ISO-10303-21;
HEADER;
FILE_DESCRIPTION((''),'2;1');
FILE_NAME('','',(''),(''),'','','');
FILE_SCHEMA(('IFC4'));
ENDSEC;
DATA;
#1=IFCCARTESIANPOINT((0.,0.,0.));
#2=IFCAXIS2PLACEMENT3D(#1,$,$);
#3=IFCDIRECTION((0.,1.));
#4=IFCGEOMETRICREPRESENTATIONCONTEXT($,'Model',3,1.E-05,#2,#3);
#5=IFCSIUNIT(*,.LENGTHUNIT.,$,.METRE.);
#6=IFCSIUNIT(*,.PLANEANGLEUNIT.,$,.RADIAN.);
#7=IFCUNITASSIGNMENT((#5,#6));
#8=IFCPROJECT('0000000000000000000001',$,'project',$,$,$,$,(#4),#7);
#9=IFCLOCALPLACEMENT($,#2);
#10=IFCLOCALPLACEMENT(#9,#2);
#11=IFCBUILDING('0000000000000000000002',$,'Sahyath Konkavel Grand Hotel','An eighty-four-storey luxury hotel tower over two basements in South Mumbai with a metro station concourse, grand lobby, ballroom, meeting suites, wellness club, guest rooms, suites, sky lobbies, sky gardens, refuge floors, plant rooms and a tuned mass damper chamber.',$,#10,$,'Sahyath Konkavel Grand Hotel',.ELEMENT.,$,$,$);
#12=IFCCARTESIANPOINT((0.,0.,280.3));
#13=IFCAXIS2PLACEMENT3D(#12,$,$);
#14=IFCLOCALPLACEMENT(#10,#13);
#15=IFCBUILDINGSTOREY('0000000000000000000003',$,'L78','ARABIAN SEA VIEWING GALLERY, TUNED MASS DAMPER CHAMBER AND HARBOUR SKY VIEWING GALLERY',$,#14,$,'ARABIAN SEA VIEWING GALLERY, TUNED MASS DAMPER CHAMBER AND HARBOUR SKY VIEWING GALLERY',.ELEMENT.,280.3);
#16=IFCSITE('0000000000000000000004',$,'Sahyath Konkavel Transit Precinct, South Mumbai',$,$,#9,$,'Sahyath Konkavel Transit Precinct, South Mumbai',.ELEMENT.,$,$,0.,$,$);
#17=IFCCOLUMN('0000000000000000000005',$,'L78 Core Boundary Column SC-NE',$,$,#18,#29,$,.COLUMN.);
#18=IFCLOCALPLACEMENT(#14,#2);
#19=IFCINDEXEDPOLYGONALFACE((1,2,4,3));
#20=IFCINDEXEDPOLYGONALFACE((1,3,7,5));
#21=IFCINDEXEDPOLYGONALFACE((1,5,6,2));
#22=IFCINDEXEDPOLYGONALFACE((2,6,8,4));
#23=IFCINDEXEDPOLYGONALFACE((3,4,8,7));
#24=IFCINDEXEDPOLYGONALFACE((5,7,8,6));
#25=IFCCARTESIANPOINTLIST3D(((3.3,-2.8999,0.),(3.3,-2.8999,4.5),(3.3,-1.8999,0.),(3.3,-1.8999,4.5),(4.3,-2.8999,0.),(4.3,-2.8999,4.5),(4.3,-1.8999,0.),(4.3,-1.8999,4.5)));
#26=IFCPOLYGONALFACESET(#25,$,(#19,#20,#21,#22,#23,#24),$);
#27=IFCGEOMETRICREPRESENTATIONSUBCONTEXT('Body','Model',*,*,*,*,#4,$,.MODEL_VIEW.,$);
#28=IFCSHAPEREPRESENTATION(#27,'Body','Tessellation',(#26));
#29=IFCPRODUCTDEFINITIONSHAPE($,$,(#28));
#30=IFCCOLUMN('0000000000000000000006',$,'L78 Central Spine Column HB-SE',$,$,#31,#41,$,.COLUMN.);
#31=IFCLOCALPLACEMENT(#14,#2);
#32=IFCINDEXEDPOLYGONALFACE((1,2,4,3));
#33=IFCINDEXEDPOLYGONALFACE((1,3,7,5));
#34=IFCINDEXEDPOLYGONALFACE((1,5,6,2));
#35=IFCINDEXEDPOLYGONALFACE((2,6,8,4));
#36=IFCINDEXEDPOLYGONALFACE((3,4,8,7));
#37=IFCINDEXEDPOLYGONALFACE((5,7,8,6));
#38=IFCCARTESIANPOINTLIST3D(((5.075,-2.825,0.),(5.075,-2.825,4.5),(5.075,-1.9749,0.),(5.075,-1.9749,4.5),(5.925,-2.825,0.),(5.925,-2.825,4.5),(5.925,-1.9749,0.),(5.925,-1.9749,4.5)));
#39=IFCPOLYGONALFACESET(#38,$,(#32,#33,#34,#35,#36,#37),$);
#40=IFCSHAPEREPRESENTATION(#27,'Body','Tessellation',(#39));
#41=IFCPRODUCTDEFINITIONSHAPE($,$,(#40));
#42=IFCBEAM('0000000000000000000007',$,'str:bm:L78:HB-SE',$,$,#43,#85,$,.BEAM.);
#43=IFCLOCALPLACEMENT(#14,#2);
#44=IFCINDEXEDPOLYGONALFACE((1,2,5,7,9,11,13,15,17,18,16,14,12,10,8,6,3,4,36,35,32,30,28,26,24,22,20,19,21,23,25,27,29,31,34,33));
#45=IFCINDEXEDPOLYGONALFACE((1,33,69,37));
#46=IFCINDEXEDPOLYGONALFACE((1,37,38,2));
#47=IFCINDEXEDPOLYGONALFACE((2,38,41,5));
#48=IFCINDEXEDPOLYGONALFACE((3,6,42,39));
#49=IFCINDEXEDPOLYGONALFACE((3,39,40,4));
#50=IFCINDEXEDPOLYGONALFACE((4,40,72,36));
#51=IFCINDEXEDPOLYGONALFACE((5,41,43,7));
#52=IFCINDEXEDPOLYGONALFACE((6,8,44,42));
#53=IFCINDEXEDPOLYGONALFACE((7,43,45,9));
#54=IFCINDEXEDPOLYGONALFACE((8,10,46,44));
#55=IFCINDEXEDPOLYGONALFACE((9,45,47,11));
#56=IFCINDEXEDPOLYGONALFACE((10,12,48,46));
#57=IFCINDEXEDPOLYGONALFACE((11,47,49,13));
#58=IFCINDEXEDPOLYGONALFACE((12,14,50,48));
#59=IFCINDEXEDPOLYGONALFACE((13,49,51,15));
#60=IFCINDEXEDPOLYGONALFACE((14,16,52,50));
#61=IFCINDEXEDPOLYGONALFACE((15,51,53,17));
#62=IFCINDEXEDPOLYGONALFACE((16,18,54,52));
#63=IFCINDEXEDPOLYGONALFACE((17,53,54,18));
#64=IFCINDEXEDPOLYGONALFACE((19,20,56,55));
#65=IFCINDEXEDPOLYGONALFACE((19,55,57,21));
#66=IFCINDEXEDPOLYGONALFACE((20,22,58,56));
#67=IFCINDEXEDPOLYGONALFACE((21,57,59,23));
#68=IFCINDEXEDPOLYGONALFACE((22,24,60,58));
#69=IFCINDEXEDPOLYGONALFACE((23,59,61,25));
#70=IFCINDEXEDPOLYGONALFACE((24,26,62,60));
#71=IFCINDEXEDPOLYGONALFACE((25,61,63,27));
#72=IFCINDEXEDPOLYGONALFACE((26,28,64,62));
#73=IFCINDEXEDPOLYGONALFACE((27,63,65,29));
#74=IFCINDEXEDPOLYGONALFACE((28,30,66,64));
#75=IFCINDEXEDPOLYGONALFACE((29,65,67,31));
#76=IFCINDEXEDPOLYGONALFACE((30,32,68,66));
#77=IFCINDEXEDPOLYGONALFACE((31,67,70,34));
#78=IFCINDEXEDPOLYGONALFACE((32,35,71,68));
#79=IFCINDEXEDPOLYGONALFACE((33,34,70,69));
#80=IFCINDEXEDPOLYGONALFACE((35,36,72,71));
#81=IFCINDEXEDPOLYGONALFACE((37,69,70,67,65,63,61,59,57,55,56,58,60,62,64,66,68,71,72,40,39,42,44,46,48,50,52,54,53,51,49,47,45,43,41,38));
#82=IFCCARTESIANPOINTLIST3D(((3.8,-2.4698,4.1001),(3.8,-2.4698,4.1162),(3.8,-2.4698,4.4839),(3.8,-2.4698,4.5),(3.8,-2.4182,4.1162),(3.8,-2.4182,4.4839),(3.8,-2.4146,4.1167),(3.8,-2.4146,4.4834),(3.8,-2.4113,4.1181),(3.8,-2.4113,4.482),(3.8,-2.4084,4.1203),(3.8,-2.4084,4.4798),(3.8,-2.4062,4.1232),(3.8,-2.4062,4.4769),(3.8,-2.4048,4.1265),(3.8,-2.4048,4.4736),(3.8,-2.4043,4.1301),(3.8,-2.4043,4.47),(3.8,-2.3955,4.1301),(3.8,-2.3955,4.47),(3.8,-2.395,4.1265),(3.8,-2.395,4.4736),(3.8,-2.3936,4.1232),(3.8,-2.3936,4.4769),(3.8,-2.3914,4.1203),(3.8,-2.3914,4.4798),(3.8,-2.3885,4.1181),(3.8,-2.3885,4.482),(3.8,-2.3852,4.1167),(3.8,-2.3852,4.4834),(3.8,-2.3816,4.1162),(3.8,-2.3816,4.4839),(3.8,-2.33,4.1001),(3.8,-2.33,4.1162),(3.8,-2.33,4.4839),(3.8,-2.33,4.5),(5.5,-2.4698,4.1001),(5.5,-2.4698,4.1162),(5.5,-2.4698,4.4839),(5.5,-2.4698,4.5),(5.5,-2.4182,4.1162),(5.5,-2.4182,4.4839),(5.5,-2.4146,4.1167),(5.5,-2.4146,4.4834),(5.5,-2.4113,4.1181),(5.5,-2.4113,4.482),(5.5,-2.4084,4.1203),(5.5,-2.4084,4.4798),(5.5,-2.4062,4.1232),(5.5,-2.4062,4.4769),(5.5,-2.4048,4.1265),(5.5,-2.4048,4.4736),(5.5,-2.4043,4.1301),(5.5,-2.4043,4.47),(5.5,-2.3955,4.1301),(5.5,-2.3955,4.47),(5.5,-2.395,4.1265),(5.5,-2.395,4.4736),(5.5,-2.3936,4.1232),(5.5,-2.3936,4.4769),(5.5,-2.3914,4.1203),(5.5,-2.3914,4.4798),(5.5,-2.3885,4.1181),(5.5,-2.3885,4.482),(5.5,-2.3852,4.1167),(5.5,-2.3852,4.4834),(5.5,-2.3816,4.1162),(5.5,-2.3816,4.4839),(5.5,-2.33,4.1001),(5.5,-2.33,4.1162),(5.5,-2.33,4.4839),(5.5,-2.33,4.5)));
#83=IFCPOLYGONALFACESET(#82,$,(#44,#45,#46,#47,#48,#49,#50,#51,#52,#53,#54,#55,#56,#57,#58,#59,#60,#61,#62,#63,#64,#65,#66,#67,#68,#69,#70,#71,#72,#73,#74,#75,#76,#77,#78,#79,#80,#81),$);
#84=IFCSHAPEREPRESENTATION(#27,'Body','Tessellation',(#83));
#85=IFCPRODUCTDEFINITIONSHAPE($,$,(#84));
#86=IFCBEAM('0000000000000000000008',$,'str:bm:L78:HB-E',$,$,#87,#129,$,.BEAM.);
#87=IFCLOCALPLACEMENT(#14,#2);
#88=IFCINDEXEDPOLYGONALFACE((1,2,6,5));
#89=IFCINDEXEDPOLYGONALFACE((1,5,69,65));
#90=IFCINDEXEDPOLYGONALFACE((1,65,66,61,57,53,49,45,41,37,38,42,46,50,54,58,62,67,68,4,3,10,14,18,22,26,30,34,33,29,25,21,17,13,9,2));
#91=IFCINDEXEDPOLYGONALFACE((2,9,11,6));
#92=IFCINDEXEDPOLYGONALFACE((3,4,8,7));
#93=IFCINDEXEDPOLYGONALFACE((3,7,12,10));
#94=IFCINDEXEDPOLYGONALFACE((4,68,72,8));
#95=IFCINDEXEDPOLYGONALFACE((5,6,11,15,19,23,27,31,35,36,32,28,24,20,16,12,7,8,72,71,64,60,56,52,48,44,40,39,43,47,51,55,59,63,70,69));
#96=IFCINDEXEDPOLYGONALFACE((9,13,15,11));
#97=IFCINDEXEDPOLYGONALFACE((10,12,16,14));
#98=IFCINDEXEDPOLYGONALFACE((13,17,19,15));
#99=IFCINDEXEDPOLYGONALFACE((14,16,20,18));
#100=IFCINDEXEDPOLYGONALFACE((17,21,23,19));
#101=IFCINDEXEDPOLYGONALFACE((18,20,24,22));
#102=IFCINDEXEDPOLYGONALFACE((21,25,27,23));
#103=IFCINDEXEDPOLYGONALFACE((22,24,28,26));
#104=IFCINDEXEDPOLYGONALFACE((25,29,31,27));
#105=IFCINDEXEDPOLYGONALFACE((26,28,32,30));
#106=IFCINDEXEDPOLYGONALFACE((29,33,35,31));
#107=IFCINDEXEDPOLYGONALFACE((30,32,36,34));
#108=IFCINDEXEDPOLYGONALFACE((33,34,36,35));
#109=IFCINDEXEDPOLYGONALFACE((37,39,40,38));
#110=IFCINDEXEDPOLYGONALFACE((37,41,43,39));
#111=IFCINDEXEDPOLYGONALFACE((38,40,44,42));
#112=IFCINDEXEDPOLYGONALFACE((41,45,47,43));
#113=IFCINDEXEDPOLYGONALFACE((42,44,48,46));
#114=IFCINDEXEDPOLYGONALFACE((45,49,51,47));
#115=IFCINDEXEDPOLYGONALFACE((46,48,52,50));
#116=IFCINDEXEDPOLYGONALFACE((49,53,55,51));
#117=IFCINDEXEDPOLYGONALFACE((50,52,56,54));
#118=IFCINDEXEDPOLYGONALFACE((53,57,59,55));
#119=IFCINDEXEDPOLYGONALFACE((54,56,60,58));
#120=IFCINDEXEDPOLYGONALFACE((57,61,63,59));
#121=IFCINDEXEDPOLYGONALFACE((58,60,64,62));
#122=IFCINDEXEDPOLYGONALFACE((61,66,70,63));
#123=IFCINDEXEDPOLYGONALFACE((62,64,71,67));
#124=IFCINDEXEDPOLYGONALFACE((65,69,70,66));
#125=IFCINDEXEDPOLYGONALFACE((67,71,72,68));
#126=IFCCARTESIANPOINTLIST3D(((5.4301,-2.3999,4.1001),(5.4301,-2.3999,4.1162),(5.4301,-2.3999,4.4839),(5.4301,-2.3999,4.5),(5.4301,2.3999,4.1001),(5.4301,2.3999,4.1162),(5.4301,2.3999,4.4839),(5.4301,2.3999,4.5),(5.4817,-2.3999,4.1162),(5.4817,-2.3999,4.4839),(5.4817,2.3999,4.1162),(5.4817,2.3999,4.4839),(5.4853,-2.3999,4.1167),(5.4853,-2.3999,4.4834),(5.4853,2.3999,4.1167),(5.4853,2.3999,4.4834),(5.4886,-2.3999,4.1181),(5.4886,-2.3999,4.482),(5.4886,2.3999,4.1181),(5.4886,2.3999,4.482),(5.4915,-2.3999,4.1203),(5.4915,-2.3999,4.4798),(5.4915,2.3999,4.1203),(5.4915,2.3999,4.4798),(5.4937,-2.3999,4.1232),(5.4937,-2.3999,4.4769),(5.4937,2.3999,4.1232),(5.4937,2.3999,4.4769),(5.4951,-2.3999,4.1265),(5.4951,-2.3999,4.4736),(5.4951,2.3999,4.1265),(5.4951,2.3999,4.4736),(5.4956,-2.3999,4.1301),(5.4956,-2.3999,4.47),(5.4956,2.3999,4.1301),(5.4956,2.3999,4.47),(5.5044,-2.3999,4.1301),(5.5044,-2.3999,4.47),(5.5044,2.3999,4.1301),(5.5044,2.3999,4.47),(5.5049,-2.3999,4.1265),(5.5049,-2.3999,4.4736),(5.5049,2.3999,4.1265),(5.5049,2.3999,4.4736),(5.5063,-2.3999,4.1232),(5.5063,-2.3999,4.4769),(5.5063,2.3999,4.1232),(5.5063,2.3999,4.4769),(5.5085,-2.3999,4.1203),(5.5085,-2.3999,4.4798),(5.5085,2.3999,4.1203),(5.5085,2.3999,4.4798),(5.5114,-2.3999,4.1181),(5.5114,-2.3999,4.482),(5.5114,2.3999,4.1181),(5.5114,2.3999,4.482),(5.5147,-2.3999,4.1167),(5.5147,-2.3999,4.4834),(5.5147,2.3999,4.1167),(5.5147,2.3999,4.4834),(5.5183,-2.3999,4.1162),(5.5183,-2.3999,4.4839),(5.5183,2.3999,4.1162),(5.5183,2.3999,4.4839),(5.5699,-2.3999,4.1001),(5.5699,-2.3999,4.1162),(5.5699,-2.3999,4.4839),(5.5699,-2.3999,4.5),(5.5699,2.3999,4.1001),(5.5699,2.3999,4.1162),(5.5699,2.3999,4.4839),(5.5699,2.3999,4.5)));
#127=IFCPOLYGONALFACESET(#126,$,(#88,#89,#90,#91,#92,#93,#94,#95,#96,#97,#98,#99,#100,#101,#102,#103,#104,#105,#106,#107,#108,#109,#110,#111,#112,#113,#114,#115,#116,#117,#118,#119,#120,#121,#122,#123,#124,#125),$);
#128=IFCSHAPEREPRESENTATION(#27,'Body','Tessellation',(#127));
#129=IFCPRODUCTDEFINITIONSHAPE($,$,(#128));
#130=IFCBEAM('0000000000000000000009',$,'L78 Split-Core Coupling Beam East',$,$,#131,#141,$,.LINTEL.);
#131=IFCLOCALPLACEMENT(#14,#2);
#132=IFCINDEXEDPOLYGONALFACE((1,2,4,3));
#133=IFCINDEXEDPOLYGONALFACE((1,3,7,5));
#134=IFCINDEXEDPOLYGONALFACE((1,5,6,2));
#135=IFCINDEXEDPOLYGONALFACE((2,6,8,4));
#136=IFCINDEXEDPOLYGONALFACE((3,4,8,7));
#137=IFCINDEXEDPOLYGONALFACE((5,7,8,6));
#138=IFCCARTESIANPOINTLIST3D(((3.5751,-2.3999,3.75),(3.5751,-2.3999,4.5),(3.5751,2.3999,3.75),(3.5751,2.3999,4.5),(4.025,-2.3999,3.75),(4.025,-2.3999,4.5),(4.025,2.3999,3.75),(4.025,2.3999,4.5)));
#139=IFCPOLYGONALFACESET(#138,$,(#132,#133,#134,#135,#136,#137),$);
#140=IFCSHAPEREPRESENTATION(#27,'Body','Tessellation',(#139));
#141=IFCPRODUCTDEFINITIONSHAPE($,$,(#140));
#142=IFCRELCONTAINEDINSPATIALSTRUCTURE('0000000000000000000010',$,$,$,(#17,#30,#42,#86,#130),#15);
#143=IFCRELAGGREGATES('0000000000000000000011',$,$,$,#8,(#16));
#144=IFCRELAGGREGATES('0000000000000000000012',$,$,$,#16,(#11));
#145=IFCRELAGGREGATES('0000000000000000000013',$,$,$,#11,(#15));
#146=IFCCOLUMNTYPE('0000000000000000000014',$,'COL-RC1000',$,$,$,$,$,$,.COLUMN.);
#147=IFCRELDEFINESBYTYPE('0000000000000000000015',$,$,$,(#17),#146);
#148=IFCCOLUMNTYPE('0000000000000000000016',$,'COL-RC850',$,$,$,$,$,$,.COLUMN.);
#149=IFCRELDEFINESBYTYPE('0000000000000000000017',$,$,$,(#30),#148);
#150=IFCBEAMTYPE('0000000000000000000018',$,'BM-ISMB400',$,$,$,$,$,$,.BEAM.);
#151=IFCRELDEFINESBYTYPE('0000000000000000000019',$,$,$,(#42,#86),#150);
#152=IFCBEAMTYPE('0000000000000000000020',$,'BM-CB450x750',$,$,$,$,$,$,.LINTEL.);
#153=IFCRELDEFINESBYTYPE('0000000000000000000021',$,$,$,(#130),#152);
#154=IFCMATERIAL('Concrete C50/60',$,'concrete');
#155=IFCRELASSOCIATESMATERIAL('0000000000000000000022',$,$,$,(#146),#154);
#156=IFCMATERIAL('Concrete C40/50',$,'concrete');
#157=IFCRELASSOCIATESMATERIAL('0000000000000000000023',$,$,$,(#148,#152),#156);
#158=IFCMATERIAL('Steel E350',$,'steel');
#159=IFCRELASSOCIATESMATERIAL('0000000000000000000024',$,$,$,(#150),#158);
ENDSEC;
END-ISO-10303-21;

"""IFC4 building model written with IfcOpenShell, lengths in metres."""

from ifc_helpers import new_model, si_unit, direction, frame, origin, origin_2d, place, context, subcontext, project, spatial, rectangle, i_section, extrude, source, transform, mapped, material, material_profile, profile_set, type_object, element, save


model = new_model("IFC4")

# Units and contexts
model_context = context("Model", 3, precision=1e-05, world=origin(), true_north=direction((0.0, 1.0)))
body_context = subcontext(model_context, "Body", "Model", "MODEL_VIEW")
ifc_project = project(units=[si_unit("LENGTHUNIT", "METRE"), si_unit("PLANEANGLEUNIT", "RADIAN")], contexts=[model_context])

# Site, building, storey
site_placement = place(None, origin())
site = spatial("IfcSite", under=ifc_project, at=site_placement, Name="Sahyath Konkavel Transit Precinct, South Mumbai", LongName="Sahyath Konkavel Transit Precinct, South Mumbai", CompositionType="ELEMENT", RefElevation=0.0)
building_placement = place(site_placement, origin())
building = spatial("IfcBuilding", under=site, at=building_placement, Name="Sahyath Konkavel Grand Hotel", Description="An eighty-four-storey luxury hotel tower over two basements in South Mumbai with a metro station concourse, grand lobby, ballroom, meeting suites, wellness club, guest rooms, suites, sky lobbies, sky gardens, refuge floors, plant rooms and a tuned mass damper chamber.", LongName="Sahyath Konkavel Grand Hotel", CompositionType="ELEMENT")
storey_placement = place(building_placement, frame((0.0, 0.0, 280.3)))
storey = spatial("IfcBuildingStorey", under=building, at=storey_placement, Name="L78", Description="ARABIAN SEA VIEWING GALLERY, TUNED MASS DAMPER CHAMBER AND HARBOUR SKY VIEWING GALLERY", LongName="ARABIAN SEA VIEWING GALLERY, TUNED MASS DAMPER CHAMBER AND HARBOUR SKY VIEWING GALLERY", CompositionType="ELEMENT", Elevation=280.3)

# Columns
ifc_material_1 = material(Name="Concrete C50/60", Category="concrete")
ifc_material_profile_1 = material_profile(ifc_material_1, rectangle(XDim=1.0, YDim=1.0, at=origin_2d()), Name="RC 1000x1000")
ifc_profile_set_1 = profile_set([ifc_material_profile_1], Name="Concrete C50/60")
column_type_1 = type_object("IfcColumnType", Name="COL-RC1000", PredefinedType="COLUMN", material=ifc_profile_set_1)
shared_shape_1 = source(origin(), body_context, "Body", "SweptSolid", [
    extrude(rectangle(XDim=1.0, YDim=1.0, at=origin_2d()), origin(), (0.0, 0.0, 1.0), 4.5),
])
column_1_placement = place(storey_placement, frame((3.8, -2.3999, 0.0), z_axis=(0.0, 0.0, 1.0), x_axis=(1.0, 0.0, 0.0)))
element("IfcColumn", 1, at=column_1_placement, inside=storey, type_object=column_type_1, Name="L78 Core Boundary Column SC-NE", PredefinedType="COLUMN", context=body_context, shape_type="MappedRepresentation", body=[
    mapped(shared_shape_1, transform((0.0, 0.0, 0.0), scale=1.0)),
])
ifc_material_2 = material(Name="Concrete C40/50", Category="concrete")
ifc_material_profile_2 = material_profile(ifc_material_2, rectangle(XDim=0.8501, YDim=0.8501, at=origin_2d()), Name="RC 850x850")
ifc_profile_set_2 = profile_set([ifc_material_profile_2], Name="Concrete C40/50")
column_type_2 = type_object("IfcColumnType", Name="COL-RC850", PredefinedType="COLUMN", material=ifc_profile_set_2)
shared_shape_2 = source(origin(), body_context, "Body", "SweptSolid", [
    extrude(rectangle(XDim=0.8501, YDim=0.8501, at=origin_2d()), origin(), (0.0, 0.0, 1.0), 4.5),
])
column_2_placement = place(storey_placement, frame((5.5, -2.3999, 0.0), z_axis=(0.0, 0.0, 1.0), x_axis=(1.0, 0.0, 0.0)))
element("IfcColumn", 2, at=column_2_placement, inside=storey, type_object=column_type_2, Name="L78 Central Spine Column HB-SE", PredefinedType="COLUMN", context=body_context, shape_type="MappedRepresentation", body=[
    mapped(shared_shape_2, transform((0.0, 0.0, 0.0), scale=1.0)),
])

# Beams
ifc_material_3 = material(Name="Steel E350", Category="steel")
ifc_material_profile_3 = material_profile(ifc_material_3, i_section(OverallWidth=0.1399, OverallDepth=0.3999, WebThickness=0.0088, FlangeThickness=0.0161, FilletRadius=0.0139, at=origin_2d()), Name="ISMB 400")
ifc_profile_set_3 = profile_set([ifc_material_profile_3], Name="Steel E350")
beam_type_1 = type_object("IfcBeamType", Name="BM-ISMB400", PredefinedType="BEAM", material=ifc_profile_set_3)
shared_shape_3 = source(origin(), body_context, "Body", "SweptSolid", [
    extrude(i_section(OverallWidth=0.1399, OverallDepth=0.3999, WebThickness=0.0088, FlangeThickness=0.0161, FilletRadius=0.0139, at=origin_2d()), origin(), (0.0, 0.0, 1.0), 1.7),
])
beam_1_placement = place(storey_placement, frame((3.8, -2.3999, 4.3), z_axis=(1.0, 0.0, 0.0), x_axis=(0.0, 1.0, 0.0)))
element("IfcBeam", 3, at=beam_1_placement, inside=storey, type_object=beam_type_1, Name="str:bm:L78:HB-SE", PredefinedType="BEAM", context=body_context, shape_type="MappedRepresentation", body=[
    mapped(shared_shape_3, transform((0.0, 0.0, 0.0), scale=1.0)),
])
shared_shape_4 = source(origin(), body_context, "Body", "SweptSolid", [
    extrude(i_section(OverallWidth=0.1399, OverallDepth=0.3999, WebThickness=0.0088, FlangeThickness=0.0161, FilletRadius=0.0139, at=origin_2d()), origin(), (0.0, 0.0, 1.0), 4.7998),
])
beam_2_placement = place(storey_placement, frame((5.5, -2.3999, 4.3), z_axis=(0.0, 1.0, 0.0), x_axis=(-1.0, 0.0, 0.0)))
element("IfcBeam", 4, at=beam_2_placement, inside=storey, type_object=beam_type_1, Name="str:bm:L78:HB-E", PredefinedType="BEAM", context=body_context, shape_type="MappedRepresentation", body=[
    mapped(shared_shape_4, transform((0.0, 0.0, 0.0), scale=1.0)),
])
ifc_material_profile_4 = material_profile(ifc_material_2, rectangle(XDim=0.45, YDim=0.75, at=origin_2d()), Name="RC 450x750")
ifc_profile_set_4 = profile_set([ifc_material_profile_4], Name="Concrete C40/50")
beam_type_2 = type_object("IfcBeamType", Name="BM-CB450x750", PredefinedType="LINTEL", material=ifc_profile_set_4)
shared_shape_5 = source(origin(), body_context, "Body", "SweptSolid", [
    extrude(rectangle(XDim=0.45, YDim=0.75, at=origin_2d()), origin(), (0.0, 0.0, 1.0), 4.7998),
])
beam_3_placement = place(storey_placement, frame((3.8, -2.3999, 4.125), z_axis=(0.0, 1.0, 0.0), x_axis=(-1.0, 0.0, 0.0)))
element("IfcBeam", 5, at=beam_3_placement, inside=storey, type_object=beam_type_2, Name="L78 Split-Core Coupling Beam East", PredefinedType="LINTEL", context=body_context, shape_type="MappedRepresentation", body=[
    mapped(shared_shape_5, transform((0.0, 0.0, 0.0), scale=1.0)),
])

save(model, "model.ifc")
